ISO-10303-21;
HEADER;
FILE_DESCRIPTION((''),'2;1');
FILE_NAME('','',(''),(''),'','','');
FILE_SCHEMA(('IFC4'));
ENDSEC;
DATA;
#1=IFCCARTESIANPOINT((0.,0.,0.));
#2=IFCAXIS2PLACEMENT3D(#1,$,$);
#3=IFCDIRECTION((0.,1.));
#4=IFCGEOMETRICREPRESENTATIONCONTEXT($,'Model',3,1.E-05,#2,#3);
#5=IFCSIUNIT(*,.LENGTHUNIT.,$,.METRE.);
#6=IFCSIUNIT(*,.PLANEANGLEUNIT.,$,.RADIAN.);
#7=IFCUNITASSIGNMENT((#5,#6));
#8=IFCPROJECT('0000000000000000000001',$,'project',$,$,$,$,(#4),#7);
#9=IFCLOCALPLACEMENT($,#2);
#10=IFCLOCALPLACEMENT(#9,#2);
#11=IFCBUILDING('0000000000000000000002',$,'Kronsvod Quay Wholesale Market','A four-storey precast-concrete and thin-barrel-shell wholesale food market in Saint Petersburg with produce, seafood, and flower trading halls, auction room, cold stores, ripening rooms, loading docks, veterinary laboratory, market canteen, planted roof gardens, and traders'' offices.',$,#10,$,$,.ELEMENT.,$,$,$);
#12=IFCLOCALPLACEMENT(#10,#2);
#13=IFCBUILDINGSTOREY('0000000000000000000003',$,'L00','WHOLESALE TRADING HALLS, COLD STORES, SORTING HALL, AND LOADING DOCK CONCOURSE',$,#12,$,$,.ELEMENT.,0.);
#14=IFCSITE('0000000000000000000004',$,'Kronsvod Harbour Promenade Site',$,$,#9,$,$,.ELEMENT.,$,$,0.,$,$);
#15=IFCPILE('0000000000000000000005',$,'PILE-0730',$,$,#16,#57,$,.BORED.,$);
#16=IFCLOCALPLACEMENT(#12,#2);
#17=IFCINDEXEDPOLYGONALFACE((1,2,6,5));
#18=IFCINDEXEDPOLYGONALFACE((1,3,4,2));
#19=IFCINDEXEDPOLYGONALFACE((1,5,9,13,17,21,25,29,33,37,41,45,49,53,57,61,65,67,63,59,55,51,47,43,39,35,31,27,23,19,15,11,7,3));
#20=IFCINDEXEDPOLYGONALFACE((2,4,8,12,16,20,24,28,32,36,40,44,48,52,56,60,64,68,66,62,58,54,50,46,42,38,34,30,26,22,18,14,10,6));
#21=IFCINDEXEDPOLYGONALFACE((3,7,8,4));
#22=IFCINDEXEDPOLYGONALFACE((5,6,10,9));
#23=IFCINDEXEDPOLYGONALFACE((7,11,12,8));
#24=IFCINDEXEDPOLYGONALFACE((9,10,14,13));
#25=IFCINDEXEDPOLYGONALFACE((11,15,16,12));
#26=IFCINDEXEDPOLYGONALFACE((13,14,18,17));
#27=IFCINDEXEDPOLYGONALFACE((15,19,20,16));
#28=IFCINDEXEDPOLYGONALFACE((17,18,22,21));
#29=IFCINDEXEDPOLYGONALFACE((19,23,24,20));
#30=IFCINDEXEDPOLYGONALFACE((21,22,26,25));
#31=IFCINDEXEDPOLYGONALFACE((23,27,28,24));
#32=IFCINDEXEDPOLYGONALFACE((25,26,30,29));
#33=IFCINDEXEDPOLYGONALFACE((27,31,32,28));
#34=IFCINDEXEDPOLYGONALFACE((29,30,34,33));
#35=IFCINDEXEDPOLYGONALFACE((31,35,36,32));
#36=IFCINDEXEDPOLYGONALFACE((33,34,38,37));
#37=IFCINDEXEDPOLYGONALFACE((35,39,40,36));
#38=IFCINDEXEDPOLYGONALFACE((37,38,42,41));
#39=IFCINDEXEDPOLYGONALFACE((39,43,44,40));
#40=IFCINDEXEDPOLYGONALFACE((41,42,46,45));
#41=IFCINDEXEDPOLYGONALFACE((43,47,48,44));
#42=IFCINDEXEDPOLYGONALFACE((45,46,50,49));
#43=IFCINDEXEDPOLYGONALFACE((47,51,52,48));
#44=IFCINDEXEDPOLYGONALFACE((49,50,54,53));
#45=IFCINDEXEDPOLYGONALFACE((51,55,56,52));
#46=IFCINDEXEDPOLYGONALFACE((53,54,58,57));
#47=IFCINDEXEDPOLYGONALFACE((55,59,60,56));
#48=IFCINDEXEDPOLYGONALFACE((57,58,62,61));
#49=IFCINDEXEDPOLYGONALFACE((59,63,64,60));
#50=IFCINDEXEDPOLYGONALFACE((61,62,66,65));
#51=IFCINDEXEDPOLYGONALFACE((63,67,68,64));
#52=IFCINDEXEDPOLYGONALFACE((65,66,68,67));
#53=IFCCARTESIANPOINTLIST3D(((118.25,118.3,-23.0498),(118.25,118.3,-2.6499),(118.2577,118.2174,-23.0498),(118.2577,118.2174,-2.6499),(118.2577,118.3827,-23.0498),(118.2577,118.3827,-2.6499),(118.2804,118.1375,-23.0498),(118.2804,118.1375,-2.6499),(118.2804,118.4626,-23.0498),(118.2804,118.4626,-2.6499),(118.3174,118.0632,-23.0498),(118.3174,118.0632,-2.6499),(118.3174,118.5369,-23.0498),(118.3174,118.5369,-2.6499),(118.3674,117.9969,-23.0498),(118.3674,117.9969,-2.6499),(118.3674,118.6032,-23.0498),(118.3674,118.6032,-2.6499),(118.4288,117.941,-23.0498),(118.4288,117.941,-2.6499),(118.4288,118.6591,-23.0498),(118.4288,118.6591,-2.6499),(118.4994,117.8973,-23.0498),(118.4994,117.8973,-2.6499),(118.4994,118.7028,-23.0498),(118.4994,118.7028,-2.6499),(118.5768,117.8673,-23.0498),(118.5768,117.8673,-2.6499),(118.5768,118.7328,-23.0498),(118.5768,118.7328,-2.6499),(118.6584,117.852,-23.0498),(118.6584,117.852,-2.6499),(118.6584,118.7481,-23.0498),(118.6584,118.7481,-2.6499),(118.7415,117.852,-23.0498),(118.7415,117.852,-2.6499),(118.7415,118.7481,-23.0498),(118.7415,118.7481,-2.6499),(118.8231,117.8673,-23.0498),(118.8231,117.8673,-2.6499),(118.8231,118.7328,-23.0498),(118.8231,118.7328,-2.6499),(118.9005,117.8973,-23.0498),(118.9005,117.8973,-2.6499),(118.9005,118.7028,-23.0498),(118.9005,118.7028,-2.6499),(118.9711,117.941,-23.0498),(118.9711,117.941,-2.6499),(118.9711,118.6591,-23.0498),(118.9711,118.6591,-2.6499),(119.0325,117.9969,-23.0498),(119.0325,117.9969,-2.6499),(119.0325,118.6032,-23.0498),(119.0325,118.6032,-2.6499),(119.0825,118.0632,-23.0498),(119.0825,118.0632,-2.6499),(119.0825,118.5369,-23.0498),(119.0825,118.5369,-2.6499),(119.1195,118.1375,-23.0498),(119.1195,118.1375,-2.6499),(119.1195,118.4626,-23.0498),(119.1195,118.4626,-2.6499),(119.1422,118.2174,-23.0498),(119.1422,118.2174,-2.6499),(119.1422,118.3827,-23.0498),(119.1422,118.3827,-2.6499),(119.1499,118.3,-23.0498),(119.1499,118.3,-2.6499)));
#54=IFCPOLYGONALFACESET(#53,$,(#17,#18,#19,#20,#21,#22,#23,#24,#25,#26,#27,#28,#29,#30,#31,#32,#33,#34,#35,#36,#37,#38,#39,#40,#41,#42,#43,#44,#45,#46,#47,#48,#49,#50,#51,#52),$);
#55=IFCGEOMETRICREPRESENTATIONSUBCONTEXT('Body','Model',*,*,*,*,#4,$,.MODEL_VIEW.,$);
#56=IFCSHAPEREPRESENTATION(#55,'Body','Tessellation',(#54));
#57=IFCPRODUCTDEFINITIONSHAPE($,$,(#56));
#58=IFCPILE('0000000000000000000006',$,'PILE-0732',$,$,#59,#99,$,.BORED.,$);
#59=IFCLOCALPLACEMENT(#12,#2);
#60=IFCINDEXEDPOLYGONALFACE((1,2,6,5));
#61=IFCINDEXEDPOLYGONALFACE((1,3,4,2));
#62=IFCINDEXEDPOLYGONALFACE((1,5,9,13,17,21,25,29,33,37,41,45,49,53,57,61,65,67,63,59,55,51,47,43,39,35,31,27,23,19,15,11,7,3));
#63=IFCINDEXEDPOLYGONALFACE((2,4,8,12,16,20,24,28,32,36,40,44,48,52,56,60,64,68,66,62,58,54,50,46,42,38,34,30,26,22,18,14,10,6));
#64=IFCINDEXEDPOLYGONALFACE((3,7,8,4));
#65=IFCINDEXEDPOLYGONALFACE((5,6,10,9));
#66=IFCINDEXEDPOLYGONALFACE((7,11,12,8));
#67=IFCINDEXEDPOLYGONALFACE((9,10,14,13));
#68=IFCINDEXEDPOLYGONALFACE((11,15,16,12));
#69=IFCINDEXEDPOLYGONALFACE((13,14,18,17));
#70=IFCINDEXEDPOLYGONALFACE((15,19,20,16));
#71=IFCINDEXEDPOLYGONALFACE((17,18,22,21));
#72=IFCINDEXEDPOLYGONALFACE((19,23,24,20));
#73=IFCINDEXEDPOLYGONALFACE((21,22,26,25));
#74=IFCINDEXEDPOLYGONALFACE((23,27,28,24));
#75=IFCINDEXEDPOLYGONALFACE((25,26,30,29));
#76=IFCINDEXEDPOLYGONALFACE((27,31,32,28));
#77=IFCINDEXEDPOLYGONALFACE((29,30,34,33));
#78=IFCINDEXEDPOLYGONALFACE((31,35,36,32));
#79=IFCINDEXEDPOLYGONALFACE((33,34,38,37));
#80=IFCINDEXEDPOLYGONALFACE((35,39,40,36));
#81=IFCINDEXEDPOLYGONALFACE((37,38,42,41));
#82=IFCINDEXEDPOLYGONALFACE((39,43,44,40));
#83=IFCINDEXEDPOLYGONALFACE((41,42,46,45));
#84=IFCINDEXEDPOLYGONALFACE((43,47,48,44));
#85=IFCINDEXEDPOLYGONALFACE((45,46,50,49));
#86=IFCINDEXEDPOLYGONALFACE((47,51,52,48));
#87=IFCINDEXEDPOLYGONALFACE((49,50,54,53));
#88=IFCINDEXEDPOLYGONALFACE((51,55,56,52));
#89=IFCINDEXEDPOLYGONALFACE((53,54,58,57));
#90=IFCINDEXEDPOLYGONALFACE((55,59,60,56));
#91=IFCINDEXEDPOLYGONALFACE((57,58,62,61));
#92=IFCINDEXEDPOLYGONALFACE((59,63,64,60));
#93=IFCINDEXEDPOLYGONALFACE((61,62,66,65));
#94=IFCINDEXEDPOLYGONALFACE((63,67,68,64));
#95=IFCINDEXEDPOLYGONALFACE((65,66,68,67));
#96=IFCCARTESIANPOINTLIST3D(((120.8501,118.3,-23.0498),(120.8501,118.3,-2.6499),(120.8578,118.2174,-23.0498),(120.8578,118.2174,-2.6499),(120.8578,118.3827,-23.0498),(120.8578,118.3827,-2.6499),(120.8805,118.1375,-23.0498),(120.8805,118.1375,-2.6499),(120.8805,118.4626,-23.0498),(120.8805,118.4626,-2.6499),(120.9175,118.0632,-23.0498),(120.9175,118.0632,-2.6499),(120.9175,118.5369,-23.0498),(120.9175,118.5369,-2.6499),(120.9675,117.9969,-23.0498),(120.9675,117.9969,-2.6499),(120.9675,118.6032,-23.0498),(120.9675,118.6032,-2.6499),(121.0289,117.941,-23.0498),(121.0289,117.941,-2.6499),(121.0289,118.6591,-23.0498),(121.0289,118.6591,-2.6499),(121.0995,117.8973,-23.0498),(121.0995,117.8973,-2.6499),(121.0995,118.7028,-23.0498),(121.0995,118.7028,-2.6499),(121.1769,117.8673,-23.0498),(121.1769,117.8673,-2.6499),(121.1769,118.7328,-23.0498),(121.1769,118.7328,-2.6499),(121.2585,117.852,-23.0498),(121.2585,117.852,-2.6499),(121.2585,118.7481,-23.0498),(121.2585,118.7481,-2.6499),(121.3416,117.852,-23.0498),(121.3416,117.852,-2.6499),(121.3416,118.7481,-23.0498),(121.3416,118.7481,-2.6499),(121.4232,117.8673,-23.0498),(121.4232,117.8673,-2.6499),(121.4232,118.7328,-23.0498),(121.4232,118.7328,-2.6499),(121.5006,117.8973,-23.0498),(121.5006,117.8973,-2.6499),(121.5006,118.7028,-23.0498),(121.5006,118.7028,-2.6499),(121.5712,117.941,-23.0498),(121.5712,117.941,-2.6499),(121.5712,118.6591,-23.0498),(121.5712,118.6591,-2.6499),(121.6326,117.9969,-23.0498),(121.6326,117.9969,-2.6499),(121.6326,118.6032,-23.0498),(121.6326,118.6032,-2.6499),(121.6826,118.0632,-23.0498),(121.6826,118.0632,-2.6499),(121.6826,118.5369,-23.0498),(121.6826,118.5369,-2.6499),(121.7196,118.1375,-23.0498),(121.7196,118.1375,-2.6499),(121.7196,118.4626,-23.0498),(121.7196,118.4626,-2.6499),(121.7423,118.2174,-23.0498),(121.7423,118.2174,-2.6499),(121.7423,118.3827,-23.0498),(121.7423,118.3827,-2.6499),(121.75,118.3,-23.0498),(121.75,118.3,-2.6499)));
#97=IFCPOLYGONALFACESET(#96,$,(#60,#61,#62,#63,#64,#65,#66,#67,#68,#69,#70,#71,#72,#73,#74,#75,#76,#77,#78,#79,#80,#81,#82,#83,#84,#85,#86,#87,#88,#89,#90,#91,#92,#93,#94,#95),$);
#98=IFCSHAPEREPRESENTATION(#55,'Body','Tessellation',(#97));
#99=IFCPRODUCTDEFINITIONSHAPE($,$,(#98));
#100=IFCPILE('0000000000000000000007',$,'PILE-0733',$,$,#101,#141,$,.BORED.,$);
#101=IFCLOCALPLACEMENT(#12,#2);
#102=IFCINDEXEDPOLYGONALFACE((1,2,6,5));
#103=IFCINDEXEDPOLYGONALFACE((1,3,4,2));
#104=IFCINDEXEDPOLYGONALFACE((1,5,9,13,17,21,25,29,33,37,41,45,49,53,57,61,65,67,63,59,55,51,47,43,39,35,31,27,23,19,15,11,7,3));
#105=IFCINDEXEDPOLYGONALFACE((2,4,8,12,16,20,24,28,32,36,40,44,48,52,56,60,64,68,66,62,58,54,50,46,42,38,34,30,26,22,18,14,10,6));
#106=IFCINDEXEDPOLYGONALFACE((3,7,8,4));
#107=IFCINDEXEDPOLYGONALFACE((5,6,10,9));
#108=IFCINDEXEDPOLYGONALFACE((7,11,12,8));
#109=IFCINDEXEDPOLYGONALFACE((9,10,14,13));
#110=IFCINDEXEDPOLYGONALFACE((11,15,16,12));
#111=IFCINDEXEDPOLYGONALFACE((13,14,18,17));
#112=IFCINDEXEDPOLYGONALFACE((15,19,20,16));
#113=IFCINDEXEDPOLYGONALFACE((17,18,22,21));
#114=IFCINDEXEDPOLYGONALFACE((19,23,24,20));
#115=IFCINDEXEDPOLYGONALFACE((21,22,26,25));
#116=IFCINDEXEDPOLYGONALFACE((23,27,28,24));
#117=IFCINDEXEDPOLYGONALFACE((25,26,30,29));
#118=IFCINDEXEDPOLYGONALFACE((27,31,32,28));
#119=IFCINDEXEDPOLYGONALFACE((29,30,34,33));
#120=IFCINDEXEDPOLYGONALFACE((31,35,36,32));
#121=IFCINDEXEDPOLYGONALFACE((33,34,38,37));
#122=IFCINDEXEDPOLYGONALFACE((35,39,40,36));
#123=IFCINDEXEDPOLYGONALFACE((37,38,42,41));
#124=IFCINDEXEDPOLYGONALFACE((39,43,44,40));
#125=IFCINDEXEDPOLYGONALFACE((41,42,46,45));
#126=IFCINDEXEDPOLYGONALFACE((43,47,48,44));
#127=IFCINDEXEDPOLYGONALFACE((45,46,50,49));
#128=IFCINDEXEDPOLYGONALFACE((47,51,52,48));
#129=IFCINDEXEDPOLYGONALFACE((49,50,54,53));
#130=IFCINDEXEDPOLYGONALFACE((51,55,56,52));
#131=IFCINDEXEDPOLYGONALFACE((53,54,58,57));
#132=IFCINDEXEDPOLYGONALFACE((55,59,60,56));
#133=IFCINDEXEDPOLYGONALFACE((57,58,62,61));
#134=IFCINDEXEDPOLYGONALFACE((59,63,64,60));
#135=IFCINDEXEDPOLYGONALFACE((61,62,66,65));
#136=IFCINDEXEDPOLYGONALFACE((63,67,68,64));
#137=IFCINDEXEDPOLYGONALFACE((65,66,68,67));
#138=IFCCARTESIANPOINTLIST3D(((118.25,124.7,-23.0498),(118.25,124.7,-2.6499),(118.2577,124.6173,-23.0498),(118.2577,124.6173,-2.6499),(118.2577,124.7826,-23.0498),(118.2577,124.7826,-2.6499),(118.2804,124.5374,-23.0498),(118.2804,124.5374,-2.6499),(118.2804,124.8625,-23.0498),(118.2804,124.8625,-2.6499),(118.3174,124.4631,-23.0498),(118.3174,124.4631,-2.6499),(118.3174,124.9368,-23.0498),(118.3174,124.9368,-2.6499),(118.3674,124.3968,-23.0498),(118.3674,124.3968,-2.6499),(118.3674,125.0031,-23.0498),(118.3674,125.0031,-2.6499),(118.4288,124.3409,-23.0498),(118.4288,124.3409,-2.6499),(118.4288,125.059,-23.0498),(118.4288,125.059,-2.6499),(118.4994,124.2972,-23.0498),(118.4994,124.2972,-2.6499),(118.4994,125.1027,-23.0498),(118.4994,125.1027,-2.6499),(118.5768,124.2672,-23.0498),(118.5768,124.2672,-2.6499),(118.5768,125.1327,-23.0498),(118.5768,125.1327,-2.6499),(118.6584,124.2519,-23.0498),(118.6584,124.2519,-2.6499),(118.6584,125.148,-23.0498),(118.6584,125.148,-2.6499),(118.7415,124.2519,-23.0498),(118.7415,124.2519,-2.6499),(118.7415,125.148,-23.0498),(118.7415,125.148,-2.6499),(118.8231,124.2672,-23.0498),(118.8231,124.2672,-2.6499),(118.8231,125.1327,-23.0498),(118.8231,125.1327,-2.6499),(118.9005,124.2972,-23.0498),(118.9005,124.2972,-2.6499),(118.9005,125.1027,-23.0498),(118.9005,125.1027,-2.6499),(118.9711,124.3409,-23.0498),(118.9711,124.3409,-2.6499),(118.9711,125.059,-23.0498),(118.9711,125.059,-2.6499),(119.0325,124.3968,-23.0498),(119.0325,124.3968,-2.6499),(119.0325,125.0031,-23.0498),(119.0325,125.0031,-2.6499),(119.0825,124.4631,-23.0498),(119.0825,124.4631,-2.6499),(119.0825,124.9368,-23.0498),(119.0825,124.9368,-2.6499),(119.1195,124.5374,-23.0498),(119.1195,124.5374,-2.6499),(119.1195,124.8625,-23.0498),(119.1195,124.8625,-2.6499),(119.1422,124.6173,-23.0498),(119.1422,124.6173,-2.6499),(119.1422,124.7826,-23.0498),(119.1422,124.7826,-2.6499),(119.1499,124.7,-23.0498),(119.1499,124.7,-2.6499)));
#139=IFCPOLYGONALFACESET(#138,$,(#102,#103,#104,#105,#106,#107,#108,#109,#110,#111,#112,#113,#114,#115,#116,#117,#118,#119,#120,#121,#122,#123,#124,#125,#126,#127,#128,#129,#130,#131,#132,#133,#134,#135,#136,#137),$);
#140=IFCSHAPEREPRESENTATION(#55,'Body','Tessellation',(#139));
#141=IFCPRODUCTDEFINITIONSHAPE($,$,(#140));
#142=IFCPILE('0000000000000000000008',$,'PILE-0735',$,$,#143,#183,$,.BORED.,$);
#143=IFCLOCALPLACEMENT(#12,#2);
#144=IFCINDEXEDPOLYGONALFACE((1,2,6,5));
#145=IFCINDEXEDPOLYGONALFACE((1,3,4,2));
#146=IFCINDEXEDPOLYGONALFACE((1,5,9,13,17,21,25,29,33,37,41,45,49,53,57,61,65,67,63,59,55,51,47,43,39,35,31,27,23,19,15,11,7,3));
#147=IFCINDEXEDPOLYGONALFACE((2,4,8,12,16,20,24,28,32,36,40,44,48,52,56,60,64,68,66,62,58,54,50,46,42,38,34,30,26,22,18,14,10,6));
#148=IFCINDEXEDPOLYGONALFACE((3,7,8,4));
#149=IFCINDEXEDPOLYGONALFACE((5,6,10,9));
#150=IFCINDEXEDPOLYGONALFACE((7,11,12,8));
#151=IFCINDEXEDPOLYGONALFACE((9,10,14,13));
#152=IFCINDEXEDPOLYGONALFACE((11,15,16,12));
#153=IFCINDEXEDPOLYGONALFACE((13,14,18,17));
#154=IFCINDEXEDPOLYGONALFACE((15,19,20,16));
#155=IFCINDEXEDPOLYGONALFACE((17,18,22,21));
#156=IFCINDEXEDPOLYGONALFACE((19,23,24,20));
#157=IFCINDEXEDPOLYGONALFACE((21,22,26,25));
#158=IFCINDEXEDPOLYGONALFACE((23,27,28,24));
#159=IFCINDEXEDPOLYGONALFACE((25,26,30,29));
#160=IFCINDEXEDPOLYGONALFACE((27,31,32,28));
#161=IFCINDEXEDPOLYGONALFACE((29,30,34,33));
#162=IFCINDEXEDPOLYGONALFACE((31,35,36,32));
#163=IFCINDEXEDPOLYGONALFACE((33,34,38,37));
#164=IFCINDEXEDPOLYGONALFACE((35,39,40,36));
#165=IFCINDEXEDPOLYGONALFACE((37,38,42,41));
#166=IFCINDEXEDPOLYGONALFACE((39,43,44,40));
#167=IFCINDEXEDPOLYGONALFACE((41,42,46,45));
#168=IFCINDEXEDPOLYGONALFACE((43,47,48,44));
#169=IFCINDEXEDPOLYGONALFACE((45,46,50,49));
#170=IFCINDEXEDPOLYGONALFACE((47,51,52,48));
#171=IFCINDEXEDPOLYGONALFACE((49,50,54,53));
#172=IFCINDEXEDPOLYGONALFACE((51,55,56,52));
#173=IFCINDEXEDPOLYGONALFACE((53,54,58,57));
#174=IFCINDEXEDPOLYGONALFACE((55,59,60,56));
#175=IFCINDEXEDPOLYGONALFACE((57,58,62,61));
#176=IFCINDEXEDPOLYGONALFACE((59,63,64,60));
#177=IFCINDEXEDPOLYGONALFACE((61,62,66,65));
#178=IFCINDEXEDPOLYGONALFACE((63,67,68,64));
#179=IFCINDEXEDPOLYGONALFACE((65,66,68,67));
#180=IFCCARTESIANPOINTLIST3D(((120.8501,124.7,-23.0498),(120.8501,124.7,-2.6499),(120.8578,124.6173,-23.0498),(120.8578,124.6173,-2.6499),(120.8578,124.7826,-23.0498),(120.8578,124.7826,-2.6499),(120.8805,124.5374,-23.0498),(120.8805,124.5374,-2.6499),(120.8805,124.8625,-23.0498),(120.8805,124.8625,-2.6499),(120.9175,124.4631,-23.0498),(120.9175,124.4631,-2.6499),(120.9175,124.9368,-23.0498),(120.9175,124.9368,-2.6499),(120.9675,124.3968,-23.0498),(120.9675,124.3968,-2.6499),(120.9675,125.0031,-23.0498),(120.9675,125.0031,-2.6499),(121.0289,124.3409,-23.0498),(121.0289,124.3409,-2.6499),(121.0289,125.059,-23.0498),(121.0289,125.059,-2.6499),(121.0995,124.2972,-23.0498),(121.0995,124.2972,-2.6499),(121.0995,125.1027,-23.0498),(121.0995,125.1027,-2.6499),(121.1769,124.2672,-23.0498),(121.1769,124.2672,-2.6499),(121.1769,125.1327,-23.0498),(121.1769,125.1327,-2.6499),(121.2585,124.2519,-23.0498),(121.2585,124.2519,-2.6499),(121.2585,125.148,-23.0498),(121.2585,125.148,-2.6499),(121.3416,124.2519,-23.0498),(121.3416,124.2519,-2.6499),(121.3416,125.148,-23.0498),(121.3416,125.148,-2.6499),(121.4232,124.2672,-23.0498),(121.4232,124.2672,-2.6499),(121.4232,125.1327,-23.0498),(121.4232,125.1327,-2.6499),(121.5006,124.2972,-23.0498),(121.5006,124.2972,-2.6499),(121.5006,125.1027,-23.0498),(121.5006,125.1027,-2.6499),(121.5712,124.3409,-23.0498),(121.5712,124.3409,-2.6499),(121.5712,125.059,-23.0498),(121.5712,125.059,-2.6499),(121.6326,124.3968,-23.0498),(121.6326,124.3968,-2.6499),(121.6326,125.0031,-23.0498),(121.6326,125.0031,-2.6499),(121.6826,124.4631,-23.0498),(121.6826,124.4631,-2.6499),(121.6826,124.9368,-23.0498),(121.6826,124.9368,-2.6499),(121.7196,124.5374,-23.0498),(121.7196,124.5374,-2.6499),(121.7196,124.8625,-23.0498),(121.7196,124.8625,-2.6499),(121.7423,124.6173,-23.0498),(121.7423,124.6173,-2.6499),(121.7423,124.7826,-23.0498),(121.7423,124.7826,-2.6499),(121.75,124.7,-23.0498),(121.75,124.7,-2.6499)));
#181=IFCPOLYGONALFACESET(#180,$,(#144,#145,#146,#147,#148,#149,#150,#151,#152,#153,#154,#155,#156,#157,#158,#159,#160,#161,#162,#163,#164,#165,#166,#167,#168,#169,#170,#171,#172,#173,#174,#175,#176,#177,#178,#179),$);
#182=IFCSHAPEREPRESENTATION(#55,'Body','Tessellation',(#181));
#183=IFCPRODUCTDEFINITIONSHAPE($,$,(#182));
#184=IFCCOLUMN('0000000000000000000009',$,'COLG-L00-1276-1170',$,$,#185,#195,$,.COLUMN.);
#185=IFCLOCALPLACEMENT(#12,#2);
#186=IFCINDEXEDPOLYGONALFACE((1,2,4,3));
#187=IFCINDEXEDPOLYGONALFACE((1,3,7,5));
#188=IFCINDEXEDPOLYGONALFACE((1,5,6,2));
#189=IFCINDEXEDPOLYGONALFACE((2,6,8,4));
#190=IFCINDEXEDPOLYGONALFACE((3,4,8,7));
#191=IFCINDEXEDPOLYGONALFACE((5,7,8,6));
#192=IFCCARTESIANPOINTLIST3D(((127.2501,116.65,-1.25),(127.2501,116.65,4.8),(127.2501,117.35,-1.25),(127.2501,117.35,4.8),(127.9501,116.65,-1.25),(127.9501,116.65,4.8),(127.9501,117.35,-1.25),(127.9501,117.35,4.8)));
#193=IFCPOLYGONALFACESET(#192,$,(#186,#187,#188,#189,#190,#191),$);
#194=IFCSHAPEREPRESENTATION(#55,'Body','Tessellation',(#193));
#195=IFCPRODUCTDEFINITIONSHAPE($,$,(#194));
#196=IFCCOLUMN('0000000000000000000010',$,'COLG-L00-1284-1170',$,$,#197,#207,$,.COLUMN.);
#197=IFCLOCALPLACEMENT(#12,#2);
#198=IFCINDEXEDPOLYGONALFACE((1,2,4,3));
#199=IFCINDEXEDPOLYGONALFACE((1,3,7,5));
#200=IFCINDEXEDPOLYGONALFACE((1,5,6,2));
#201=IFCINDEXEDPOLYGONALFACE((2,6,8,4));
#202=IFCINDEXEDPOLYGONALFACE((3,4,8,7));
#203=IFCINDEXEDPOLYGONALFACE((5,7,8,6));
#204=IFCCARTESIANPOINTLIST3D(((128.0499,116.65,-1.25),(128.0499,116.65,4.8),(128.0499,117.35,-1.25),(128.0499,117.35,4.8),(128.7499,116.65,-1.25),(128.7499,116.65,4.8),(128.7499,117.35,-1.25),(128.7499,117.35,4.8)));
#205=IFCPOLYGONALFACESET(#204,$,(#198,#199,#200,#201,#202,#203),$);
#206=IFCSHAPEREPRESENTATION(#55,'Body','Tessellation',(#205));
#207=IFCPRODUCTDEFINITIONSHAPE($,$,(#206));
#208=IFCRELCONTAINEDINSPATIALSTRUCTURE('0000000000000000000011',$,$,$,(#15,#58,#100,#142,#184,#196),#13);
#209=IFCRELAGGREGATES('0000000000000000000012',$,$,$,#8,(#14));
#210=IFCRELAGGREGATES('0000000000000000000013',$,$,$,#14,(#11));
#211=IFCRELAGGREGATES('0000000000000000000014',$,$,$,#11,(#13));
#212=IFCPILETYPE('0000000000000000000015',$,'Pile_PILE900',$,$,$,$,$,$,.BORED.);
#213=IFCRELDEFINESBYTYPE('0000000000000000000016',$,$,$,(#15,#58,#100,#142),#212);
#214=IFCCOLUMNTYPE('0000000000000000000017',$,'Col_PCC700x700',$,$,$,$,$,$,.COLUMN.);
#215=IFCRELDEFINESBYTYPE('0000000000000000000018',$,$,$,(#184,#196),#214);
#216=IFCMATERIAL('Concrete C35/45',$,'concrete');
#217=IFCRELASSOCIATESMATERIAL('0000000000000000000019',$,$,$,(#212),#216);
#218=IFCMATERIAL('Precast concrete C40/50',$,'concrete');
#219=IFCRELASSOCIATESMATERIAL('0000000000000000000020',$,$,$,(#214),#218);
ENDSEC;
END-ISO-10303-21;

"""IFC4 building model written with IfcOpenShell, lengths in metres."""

from ifc_helpers import new_model, si_unit, direction, frame, origin, origin_2d, place, context, subcontext, project, spatial, rectangle, circle, extrude, material, material_profile, profile_set, type_object, element, save


model = new_model("IFC4")

# Units and contexts
model_context = context("Model", 3, precision=1e-05, world=origin(), true_north=direction((0.0, 1.0)))
body_context = subcontext(model_context, "Body", "Model", "MODEL_VIEW")
ifc_project = project(units=[si_unit("LENGTHUNIT", "METRE"), si_unit("PLANEANGLEUNIT", "RADIAN")], contexts=[model_context])

# Site, building, storey
site_placement = place(None, origin())
site = spatial("IfcSite", under=ifc_project, at=site_placement, Name="Kronsvod Harbour Promenade Site", CompositionType="ELEMENT", RefElevation=0.0)
building_placement = place(site_placement, origin())
building = spatial("IfcBuilding", under=site, at=building_placement, Name="Kronsvod Quay Wholesale Market", Description="A four-storey precast-concrete and thin-barrel-shell wholesale food market in Saint Petersburg with produce, seafood, and flower trading halls, auction room, cold stores, ripening rooms, loading docks, veterinary laboratory, market canteen, planted roof gardens, and traders' offices.", CompositionType="ELEMENT")
storey_placement = place(building_placement, origin())
storey = spatial("IfcBuildingStorey", under=building, at=storey_placement, Name="L00", Description="WHOLESALE TRADING HALLS, COLD STORES, SORTING HALL, AND LOADING DOCK CONCOURSE", CompositionType="ELEMENT", Elevation=0.0)

# Piles
ifc_material_1 = material(Name="Concrete C35/45", Category="concrete")
ifc_material_profile_1 = material_profile(ifc_material_1, circle(Radius=0.45, at=origin_2d()), Name="PILE900")
ifc_profile_set_1 = profile_set([ifc_material_profile_1], Name="Concrete C35/45")
pile_type = type_object("IfcPileType", Name="Pile_PILE900", PredefinedType="BORED", material=ifc_profile_set_1)
for number, where, z_axis, x_axis, name in (
    (1, (118.7, 118.3, -2.6499), (0.0, 0.0, -1.0), (1.0, 0.0, 0.0), "PILE-0730"),
    (2, (121.3, 118.3, -2.6499), (0.0, 0.0, -1.0), (1.0, 0.0, 0.0), "PILE-0732"),
    (3, (118.7, 124.7, -2.6499), (0.0, 0.0, -1.0), (1.0, 0.0, 0.0), "PILE-0733"),
    (4, (121.3, 124.7, -2.6499), (0.0, 0.0, -1.0), (1.0, 0.0, 0.0), "PILE-0735"),
):
    element("IfcPile", number, at=place(storey_placement, frame(where, z_axis=z_axis, x_axis=x_axis)), inside=storey, type_object=pile_type, Name=name, PredefinedType="BORED", context=body_context, shape_type="SweptSolid", body=[
        extrude(circle(Radius=0.45, at=origin_2d()), origin(), (0.0, 0.0, 1.0), 20.3999),
    ])

# Columns
ifc_material_2 = material(Name="Precast concrete C40/50", Category="concrete")
ifc_material_profile_2 = material_profile(ifc_material_2, rectangle(XDim=0.7, YDim=0.7, at=origin_2d()), Name="PCC700x700")
ifc_profile_set_2 = profile_set([ifc_material_profile_2], Name="Precast concrete C40/50")
column_type = type_object("IfcColumnType", Name="Col_PCC700x700", PredefinedType="COLUMN", material=ifc_profile_set_2)
for number, where, z_axis, x_axis, name in (
    (5, (127.6001, 117.0, -1.25), (0.0, 0.0, 1.0), (1.0, 0.0, 0.0), "COLG-L00-1276-1170"),
    (6, (128.3999, 117.0, -1.25), (0.0, 0.0, 1.0), (1.0, 0.0, 0.0), "COLG-L00-1284-1170"),
):
    element("IfcColumn", number, at=place(storey_placement, frame(where, z_axis=z_axis, x_axis=x_axis)), inside=storey, type_object=column_type, Name=name, PredefinedType="COLUMN", context=body_context, shape_type="SweptSolid", body=[
        extrude(rectangle(XDim=0.7, YDim=0.7, at=origin_2d()), origin(), (0.0, 0.0, 1.0), 6.05),
    ])

save(model, "model.ifc")
